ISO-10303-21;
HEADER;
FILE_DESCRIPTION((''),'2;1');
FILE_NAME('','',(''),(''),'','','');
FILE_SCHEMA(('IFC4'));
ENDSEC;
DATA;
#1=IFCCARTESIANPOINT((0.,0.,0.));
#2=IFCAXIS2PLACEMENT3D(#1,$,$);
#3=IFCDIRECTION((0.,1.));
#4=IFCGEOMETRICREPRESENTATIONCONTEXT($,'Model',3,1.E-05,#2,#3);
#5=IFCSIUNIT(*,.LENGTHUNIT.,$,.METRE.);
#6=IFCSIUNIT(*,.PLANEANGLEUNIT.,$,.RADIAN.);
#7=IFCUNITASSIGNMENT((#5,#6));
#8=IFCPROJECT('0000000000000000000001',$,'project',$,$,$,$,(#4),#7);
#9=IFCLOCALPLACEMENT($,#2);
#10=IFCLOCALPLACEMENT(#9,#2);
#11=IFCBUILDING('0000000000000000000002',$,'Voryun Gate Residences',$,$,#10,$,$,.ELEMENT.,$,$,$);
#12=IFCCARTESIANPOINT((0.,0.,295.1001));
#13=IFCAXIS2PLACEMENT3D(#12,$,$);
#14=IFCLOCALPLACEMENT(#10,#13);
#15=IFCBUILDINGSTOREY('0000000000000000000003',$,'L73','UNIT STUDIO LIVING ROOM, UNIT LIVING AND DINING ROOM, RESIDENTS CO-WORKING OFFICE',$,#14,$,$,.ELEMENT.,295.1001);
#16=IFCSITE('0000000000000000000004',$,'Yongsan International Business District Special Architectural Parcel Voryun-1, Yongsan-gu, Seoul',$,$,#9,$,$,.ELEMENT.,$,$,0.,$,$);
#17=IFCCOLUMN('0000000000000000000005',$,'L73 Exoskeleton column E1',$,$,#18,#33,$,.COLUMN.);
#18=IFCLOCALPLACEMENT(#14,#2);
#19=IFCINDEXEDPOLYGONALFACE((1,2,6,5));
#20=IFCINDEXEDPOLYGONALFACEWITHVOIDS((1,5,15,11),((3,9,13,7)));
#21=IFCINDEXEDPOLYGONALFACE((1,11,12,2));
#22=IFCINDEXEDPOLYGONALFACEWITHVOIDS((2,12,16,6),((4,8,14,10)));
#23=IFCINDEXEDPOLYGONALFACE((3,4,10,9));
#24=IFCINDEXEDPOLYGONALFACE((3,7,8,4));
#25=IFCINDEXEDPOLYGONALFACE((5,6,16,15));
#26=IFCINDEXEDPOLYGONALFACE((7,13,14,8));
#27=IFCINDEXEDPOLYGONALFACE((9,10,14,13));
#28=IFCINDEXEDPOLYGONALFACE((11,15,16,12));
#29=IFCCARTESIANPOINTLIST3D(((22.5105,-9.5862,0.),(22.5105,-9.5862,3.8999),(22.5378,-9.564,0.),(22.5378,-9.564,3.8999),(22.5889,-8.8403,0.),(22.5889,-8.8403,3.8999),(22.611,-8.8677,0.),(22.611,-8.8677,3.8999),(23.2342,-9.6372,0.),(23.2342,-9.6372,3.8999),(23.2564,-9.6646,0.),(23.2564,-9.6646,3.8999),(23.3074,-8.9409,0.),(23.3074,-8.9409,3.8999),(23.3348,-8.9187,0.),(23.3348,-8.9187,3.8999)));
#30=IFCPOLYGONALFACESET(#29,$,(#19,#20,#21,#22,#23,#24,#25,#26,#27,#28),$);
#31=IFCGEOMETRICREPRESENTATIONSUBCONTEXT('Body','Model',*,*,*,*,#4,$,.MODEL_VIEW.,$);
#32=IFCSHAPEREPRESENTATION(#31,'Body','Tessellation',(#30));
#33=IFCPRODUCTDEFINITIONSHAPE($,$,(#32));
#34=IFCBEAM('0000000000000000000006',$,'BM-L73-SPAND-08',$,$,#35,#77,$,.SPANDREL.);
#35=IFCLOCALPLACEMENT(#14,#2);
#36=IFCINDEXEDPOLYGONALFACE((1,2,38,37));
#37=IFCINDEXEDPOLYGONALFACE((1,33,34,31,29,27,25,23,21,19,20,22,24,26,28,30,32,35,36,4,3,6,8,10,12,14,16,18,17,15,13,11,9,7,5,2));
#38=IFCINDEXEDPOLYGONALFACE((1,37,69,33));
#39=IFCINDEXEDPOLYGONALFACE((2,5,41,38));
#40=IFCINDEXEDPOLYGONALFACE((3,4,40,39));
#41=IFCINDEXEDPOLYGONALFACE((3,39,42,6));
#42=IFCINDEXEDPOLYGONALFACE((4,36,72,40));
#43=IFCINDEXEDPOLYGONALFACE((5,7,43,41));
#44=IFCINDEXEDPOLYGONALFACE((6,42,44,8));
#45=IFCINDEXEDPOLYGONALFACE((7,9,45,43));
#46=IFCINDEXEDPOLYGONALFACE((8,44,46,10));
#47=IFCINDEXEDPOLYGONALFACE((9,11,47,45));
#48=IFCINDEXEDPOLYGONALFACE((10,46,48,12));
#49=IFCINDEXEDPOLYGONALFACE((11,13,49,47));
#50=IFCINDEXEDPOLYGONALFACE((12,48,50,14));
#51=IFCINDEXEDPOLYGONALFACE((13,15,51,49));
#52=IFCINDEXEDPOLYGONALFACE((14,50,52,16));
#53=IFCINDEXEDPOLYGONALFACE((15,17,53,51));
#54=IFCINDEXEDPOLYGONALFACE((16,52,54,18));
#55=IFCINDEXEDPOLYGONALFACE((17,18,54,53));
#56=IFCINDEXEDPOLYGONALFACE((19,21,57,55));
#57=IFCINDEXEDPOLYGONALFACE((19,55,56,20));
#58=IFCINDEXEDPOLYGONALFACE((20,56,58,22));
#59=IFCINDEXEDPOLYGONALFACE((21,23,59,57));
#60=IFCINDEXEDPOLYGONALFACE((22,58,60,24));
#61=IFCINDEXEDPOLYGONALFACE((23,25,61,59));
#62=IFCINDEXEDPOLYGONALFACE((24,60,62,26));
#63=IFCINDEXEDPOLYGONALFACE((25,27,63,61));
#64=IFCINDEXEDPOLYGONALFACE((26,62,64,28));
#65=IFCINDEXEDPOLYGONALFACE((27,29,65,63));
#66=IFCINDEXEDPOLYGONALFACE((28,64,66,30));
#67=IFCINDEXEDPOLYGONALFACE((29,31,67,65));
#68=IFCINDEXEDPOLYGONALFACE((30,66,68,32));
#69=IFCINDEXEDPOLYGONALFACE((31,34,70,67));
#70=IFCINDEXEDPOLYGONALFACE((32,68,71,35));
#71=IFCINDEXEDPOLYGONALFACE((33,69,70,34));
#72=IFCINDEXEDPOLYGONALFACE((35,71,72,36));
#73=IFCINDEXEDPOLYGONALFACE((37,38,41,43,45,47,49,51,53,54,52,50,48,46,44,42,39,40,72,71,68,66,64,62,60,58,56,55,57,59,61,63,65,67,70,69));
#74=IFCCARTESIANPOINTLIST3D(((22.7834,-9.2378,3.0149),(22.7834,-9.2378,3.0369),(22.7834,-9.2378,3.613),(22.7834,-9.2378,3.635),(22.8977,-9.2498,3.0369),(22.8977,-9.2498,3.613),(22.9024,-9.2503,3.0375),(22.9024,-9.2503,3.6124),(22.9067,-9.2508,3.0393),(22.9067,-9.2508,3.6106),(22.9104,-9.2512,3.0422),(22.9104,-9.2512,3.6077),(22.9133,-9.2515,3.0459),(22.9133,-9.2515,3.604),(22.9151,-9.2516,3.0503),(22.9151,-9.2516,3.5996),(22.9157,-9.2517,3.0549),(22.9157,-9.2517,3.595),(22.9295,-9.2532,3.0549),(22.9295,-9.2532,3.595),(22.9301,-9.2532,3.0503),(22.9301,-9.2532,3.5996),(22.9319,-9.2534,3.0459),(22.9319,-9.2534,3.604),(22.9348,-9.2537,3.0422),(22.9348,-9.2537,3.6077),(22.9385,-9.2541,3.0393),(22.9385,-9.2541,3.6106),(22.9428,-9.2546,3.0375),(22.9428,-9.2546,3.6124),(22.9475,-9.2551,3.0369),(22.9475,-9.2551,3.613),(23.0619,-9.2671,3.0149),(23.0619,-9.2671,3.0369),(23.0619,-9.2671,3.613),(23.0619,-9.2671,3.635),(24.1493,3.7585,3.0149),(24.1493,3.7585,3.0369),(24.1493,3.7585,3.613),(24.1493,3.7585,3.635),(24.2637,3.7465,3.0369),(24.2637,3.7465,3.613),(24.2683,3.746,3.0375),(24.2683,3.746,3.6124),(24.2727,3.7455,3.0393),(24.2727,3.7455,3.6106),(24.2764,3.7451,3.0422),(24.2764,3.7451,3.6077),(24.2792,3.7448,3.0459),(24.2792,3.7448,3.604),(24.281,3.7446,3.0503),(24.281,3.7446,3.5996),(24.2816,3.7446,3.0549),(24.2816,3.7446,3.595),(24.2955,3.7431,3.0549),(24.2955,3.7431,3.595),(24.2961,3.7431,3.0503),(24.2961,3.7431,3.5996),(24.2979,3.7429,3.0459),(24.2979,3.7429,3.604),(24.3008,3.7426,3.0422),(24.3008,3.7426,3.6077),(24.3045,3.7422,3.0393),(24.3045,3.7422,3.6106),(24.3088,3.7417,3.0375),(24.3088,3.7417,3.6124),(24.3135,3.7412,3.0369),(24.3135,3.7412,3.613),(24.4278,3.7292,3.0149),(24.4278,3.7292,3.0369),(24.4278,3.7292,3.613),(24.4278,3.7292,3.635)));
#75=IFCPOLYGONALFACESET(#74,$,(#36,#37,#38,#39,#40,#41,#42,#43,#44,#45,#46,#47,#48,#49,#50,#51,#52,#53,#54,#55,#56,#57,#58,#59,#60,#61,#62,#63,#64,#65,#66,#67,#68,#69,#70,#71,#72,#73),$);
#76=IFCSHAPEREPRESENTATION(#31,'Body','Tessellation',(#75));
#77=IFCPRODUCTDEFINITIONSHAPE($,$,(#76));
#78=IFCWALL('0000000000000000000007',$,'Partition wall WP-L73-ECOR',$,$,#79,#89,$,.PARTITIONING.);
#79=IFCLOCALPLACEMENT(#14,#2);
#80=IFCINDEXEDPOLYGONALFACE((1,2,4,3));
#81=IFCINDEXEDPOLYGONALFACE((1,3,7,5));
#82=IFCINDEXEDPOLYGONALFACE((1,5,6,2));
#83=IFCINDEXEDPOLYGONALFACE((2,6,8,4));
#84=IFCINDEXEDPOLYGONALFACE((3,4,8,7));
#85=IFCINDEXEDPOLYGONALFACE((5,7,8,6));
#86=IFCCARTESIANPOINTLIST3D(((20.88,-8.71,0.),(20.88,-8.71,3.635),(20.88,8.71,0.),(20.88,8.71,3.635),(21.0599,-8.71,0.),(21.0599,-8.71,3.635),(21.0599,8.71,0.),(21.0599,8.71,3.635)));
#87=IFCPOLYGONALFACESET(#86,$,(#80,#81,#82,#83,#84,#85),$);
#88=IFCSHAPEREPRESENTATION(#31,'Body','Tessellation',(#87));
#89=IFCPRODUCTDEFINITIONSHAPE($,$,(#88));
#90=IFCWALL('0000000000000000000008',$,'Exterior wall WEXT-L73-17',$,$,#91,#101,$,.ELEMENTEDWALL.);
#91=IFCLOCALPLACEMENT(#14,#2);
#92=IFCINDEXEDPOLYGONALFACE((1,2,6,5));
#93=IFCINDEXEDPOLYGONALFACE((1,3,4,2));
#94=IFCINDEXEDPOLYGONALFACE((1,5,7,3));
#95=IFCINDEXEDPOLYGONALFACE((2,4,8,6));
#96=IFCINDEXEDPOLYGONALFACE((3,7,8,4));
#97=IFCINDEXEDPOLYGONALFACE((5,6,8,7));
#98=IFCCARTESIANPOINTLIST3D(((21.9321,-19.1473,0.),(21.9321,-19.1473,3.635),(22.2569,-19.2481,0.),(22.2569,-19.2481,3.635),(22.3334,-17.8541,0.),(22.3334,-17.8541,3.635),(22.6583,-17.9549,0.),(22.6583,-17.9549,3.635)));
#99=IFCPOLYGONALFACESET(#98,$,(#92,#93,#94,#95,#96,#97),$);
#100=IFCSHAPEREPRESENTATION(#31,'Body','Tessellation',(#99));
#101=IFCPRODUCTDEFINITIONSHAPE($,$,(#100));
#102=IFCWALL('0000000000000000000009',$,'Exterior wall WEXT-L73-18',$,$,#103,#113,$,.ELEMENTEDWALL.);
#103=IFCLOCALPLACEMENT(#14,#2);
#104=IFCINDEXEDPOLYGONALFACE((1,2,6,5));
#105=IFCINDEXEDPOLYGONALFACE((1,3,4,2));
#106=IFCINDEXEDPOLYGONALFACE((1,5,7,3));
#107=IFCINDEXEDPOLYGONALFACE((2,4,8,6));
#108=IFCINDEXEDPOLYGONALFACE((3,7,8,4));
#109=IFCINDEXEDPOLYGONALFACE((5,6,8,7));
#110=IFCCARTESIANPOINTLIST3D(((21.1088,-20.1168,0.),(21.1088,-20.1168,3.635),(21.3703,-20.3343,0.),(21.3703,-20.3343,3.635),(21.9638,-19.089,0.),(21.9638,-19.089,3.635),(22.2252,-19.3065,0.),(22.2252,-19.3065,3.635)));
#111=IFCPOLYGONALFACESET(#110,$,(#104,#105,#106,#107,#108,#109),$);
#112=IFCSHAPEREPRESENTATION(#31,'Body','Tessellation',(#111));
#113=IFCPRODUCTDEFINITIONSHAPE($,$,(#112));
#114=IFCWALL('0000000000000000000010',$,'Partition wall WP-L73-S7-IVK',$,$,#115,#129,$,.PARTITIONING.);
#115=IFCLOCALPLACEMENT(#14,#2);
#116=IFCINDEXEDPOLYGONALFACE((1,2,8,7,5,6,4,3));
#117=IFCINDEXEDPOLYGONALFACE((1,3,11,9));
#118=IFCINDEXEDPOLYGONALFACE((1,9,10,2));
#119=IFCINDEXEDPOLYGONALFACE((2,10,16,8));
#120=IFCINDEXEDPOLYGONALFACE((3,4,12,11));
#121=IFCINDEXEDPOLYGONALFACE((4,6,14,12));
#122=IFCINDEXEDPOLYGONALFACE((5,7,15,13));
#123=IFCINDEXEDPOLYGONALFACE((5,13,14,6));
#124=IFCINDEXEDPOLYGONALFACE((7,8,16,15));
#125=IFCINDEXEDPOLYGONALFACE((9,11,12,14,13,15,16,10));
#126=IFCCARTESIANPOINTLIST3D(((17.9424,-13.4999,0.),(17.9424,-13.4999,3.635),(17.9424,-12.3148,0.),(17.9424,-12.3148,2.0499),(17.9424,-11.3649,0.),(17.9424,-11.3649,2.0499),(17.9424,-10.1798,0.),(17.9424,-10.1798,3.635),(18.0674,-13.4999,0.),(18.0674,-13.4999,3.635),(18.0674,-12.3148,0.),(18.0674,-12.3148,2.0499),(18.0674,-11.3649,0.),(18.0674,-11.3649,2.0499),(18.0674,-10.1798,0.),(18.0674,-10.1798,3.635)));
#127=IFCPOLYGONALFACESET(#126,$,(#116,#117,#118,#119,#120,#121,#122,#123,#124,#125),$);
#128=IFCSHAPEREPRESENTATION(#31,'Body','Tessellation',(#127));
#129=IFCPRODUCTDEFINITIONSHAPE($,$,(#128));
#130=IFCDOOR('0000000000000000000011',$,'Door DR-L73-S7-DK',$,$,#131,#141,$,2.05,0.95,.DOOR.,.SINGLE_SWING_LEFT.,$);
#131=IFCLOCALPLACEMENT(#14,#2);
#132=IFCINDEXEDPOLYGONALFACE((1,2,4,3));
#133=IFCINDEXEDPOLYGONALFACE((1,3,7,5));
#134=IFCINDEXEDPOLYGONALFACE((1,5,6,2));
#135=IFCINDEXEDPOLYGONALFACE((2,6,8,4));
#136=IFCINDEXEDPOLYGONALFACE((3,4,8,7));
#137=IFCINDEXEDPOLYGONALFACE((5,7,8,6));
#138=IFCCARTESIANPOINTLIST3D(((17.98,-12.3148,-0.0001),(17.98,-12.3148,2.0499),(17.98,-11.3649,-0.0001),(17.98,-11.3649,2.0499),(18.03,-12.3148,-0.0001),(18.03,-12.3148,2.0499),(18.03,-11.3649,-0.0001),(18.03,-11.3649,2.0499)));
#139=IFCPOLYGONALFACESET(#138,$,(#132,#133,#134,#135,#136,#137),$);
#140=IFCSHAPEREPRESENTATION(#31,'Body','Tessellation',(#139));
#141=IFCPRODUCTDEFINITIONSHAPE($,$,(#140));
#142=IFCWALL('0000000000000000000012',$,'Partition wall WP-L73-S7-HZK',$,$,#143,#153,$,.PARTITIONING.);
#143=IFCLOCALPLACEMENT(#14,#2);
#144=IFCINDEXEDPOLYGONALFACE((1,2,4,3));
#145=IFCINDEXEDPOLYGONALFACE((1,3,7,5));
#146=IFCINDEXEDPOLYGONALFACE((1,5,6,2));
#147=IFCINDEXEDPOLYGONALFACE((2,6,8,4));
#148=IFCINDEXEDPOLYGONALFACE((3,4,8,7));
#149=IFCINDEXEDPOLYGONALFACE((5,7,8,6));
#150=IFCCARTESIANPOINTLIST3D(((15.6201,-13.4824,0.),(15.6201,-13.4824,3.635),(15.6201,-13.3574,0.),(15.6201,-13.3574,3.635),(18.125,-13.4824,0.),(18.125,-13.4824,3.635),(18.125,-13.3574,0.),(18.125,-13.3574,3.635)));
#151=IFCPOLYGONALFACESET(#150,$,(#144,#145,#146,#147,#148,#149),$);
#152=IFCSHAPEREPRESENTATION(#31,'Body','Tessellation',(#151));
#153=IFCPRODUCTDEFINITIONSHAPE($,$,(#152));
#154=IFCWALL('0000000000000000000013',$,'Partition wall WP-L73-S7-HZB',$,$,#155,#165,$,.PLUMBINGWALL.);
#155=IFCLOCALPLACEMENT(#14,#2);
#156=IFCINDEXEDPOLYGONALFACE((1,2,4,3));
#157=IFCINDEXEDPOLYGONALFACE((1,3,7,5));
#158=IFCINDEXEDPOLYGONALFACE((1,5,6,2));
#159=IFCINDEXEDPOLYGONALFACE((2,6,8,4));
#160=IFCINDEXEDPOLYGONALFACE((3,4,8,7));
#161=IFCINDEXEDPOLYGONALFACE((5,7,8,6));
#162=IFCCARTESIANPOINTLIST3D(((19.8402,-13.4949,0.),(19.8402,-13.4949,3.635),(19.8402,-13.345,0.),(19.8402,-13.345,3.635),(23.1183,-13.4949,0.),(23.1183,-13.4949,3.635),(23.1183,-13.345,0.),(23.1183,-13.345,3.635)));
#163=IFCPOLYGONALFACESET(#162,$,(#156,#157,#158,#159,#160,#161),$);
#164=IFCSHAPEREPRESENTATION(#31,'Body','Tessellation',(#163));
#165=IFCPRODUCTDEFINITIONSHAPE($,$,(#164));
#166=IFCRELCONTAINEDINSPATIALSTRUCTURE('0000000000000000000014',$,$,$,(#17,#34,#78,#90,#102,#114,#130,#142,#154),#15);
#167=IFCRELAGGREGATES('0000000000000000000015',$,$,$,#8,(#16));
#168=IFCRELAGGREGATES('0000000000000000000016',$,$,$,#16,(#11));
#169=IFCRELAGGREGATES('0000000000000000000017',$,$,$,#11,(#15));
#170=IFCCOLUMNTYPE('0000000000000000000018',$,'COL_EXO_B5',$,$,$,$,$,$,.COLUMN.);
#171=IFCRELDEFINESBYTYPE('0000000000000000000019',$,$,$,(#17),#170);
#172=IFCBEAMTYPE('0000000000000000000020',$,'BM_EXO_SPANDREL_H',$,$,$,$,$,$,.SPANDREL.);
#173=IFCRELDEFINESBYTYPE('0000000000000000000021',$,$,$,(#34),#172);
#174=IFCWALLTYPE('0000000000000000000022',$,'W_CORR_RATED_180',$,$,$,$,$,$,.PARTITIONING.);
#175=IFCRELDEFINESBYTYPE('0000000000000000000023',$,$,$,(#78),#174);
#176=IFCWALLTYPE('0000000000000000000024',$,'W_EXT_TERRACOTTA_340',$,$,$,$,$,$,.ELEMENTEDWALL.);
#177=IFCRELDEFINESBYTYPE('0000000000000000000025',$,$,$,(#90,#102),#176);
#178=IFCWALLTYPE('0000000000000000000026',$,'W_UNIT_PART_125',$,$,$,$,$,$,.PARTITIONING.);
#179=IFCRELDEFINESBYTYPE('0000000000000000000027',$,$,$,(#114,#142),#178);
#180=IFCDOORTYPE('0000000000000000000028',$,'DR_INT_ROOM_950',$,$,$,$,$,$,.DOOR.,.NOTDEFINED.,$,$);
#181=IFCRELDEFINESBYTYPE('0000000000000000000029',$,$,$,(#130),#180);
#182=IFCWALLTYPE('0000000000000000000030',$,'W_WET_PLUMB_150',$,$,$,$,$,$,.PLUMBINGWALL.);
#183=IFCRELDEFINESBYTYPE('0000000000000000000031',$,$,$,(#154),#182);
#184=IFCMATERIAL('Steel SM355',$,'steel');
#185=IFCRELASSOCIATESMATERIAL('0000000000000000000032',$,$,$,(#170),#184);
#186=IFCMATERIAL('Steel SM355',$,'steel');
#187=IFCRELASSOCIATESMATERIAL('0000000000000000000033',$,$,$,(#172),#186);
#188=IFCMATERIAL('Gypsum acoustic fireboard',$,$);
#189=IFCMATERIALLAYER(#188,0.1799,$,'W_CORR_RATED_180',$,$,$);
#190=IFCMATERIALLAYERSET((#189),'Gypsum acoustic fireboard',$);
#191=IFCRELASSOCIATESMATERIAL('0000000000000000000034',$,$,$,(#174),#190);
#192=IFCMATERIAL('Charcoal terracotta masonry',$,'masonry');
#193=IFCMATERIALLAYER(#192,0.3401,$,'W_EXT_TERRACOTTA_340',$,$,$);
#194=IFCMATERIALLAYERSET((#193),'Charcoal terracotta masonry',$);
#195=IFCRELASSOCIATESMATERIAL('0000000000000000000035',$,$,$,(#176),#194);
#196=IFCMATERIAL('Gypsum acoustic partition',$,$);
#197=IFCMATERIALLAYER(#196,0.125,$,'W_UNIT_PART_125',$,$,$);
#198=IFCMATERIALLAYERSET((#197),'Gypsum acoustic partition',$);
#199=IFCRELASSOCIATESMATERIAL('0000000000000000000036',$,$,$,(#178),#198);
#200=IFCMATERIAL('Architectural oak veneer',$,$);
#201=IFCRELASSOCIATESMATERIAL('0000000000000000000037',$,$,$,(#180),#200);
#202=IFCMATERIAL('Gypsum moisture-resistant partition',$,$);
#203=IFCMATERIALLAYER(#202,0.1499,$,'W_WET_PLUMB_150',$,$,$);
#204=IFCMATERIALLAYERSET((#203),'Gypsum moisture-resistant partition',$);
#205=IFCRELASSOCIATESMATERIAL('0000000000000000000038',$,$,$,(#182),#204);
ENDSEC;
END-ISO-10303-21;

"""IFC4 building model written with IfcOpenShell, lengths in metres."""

from ifc_helpers import new_model, si_unit, direction, frame, frame_2d, origin, origin_2d, place, context, subcontext, project, spatial, rectangle, hollow_rectangle, i_section, extrude, material, layer, layer_set, material_profile, profile_set, type_object, element, fill, save


model = new_model("IFC4")

# Units and contexts
model_context = context("Model", 3, precision=1e-05, world=origin(), true_north=direction((0.0, 1.0)))
body_context = subcontext(model_context, "Body", "Model", "MODEL_VIEW")
ifc_project = project(units=[si_unit("LENGTHUNIT", "METRE"), si_unit("PLANEANGLEUNIT", "RADIAN")], contexts=[model_context])

# Site, building, storey
site_placement = place(None, origin())
site = spatial("IfcSite", under=ifc_project, at=site_placement, Name="Yongsan International Business District Special Architectural Parcel Voryun-1, Yongsan-gu, Seoul", CompositionType="ELEMENT", RefElevation=0.0)
building_placement = place(site_placement, origin())
building = spatial("IfcBuilding", under=site, at=building_placement, Name="Voryun Gate Residences", CompositionType="ELEMENT")
storey_placement = place(building_placement, frame((0.0, 0.0, 295.1001)))
storey = spatial("IfcBuildingStorey", under=building, at=storey_placement, Name="L73", Description="UNIT STUDIO LIVING ROOM, UNIT LIVING AND DINING ROOM, RESIDENTS CO-WORKING OFFICE", CompositionType="ELEMENT", Elevation=295.1001)

# Column
ifc_material_1 = material(Name="Steel SM355", Category="steel")
ifc_material_profile_1 = material_profile(ifc_material_1, hollow_rectangle(XDim=0.75, YDim=0.75, WallThickness=0.0249, at=origin_2d()), Name="BOX-750x750x25")
ifc_profile_set_1 = profile_set([ifc_material_profile_1], Name="Steel SM355")
column_type = type_object("IfcColumnType", Name="COL_EXO_B5", PredefinedType="COLUMN", material=ifc_profile_set_1)
column_placement = place(storey_placement, frame((22.9226, -9.2524, 0.0), z_axis=(0.0, 0.0, 1.0), x_axis=(0.994522, -0.104528, 0.0)))
element("IfcColumn", 1, at=column_placement, inside=storey, type_object=column_type, Name="L73 Exoskeleton column E1", PredefinedType="COLUMN", context=body_context, shape_type="SweptSolid", body=[
    extrude(hollow_rectangle(XDim=0.75, YDim=0.75, WallThickness=0.0249, at=origin_2d()), origin(), (0.0, 0.0, 1.0), 3.8999),
])

# Beam
ifc_material_2 = material(Name="Steel SM355", Category="steel")
ifc_material_profile_2 = material_profile(ifc_material_2, i_section(OverallWidth=0.28, OverallDepth=0.6201, WebThickness=0.0139, FlangeThickness=0.022, FilletRadius=0.0181, at=origin_2d()), Name="H-620x280x14x22")
ifc_profile_set_2 = profile_set([ifc_material_profile_2], Name="Steel SM355")
beam_type = type_object("IfcBeamType", Name="BM_EXO_SPANDREL_H", PredefinedType="SPANDREL", material=ifc_profile_set_2)
beam_placement = place(storey_placement, frame((22.9226, -9.2524, 3.325), z_axis=(0.104528, 0.994522, 0.0), x_axis=(-0.994522, 0.104528, 0.0)))
element("IfcBeam", 2, at=beam_placement, inside=storey, type_object=beam_type, Name="BM-L73-SPAND-08", PredefinedType="SPANDREL", context=body_context, shape_type="SweptSolid", body=[
    extrude(i_section(OverallWidth=0.28, OverallDepth=0.6201, WebThickness=0.0139, FlangeThickness=0.022, FilletRadius=0.0181, at=origin_2d()), origin(), (0.0, 0.0, 1.0), 13.0679),
])

# Walls
ifc_material_3 = material(Name="Gypsum acoustic fireboard")
ifc_layer_1 = layer(ifc_material_3, 0.1799, Name="W_CORR_RATED_180")
ifc_layer_set_1 = layer_set([ifc_layer_1], Name="Gypsum acoustic fireboard")
wall_type_1 = type_object("IfcWallType", Name="W_CORR_RATED_180", PredefinedType="PARTITIONING", material=ifc_layer_set_1)
wall_1_placement = place(storey_placement, frame((20.97, -8.71, 0.0), z_axis=(0.0, 0.0, 1.0), x_axis=(0.0, 1.0, 0.0)))
element("IfcWall", 3, at=wall_1_placement, inside=storey, type_object=wall_type_1, Name="Partition wall WP-L73-ECOR", PredefinedType="PARTITIONING", context=body_context, shape_type="SweptSolid", body=[
    extrude(rectangle(XDim=17.4199, YDim=0.1799, at=frame_2d((8.71, 0.0))), origin(), (0.0, 0.0, 1.0), 3.635),
])
ifc_material_4 = material(Name="Charcoal terracotta masonry", Category="masonry")
ifc_layer_2 = layer(ifc_material_4, 0.3401, Name="W_EXT_TERRACOTTA_340")
ifc_layer_set_2 = layer_set([ifc_layer_2], Name="Charcoal terracotta masonry")
wall_type_2 = type_object("IfcWallType", Name="W_EXT_TERRACOTTA_340", PredefinedType="ELEMENTEDWALL", material=ifc_layer_set_2)
wall_2_placement = place(storey_placement, frame((22.4958, -17.9045, 0.0), z_axis=(0.0, 0.0, 1.0), x_axis=(-0.296416, -0.955059, 0.0)))
element("IfcWall", 4, at=wall_2_placement, inside=storey, type_object=wall_type_2, Name="Exterior wall WEXT-L73-17", PredefinedType="ELEMENTEDWALL", context=body_context, shape_type="SweptSolid", body=[
    extrude(rectangle(XDim=1.354, YDim=0.3401, at=frame_2d((0.677, 0.0))), origin(), (0.0, 0.0, 1.0), 3.635),
])
wall_3_placement = place(storey_placement, frame((22.0945, -19.1978, 0.0), z_axis=(0.0, 0.0, 1.0), x_axis=(-0.639502, -0.76879, 0.0)))
element("IfcWall", 5, at=wall_3_placement, inside=storey, type_object=wall_type_2, Name="Exterior wall WEXT-L73-18", PredefinedType="ELEMENTEDWALL", context=body_context, shape_type="SweptSolid", body=[
    extrude(rectangle(XDim=1.3369, YDim=0.3401, at=frame_2d((0.6685, 0.0))), origin(), (0.0, 0.0, 1.0), 3.635),
])

# Wall, opening, door
ifc_material_5 = material(Name="Gypsum acoustic partition")
ifc_layer_3 = layer(ifc_material_5, 0.125, Name="W_UNIT_PART_125")
ifc_layer_set_3 = layer_set([ifc_layer_3], Name="Gypsum acoustic partition")
wall_type_3 = type_object("IfcWallType", Name="W_UNIT_PART_125", PredefinedType="PARTITIONING", material=ifc_layer_set_3)
wall_4_placement = place(storey_placement, frame((18.0049, -13.5, 0.0), z_axis=(0.0, 0.0, 1.0), x_axis=(0.0, 1.0, 0.0)))
wall_4 = element("IfcWall", 6, at=wall_4_placement, inside=storey, type_object=wall_type_3, Name="Partition wall WP-L73-S7-IVK", PredefinedType="PARTITIONING", context=body_context, shape_type="SweptSolid", body=[
    extrude(rectangle(XDim=3.3201, YDim=0.125, at=frame_2d((1.6602, 0.0))), origin(), (0.0, 0.0, 1.0), 3.635),
])
opening_1_placement = place(wall_4_placement, frame((1.1851, 0.0, 0.0)))
opening_1 = element("IfcOpeningElement", 7, at=opening_1_placement, cuts=wall_4, PredefinedType="OPENING", context=body_context, shape_type="SweptSolid", body=[
    extrude(rectangle(XDim=0.95, YDim=2.05, at=frame_2d((0.4751, 1.0249))), frame((0.0, 0.0725, 0.0), z_axis=(0.0, -1.0, 0.0), x_axis=(1.0, 0.0, 0.0)), (0.0, 0.0, 1.0), 0.145),
])
ifc_material_6 = material(Name="Architectural oak veneer")
door_type_1 = type_object("IfcDoorType", Name="DR_INT_ROOM_950", OperationType="NOTDEFINED", PredefinedType="DOOR", material=ifc_material_6)
door_1_placement = place(opening_1_placement, origin())
door_1 = element("IfcDoor", 8, at=door_1_placement, inside=storey, type_object=door_type_1, Name="Door DR-L73-S7-DK", OperationType="SINGLE_SWING_LEFT", OverallHeight=2.05, OverallWidth=0.95, PredefinedType="DOOR", context=body_context, shape_type="SweptSolid", body=[
    extrude(rectangle(XDim=0.95, YDim=2.05, at=frame_2d((0.4751, 1.0249))), frame((0.0, 0.0249, 0.0), z_axis=(0.0, -1.0, 0.0), x_axis=(1.0, 0.0, 0.0)), (0.0, 0.0, 1.0), 0.05),
])
fill(opening_1, door_1)

# Walls
wall_5_placement = place(storey_placement, frame((15.6201, -13.4199, 0.0), z_axis=(0.0, 0.0, 1.0), x_axis=(1.0, 0.0, 0.0)))
element("IfcWall", 9, at=wall_5_placement, inside=storey, type_object=wall_type_3, Name="Partition wall WP-L73-S7-HZK", PredefinedType="PARTITIONING", context=body_context, shape_type="SweptSolid", body=[
    extrude(rectangle(XDim=2.5049, YDim=0.125, at=frame_2d((1.2524, 0.0))), origin(), (0.0, 0.0, 1.0), 3.635),
])
ifc_material_7 = material(Name="Gypsum moisture-resistant partition")
ifc_layer_4 = layer(ifc_material_7, 0.1499, Name="W_WET_PLUMB_150")
ifc_layer_set_4 = layer_set([ifc_layer_4], Name="Gypsum moisture-resistant partition")
wall_type_4 = type_object("IfcWallType", Name="W_WET_PLUMB_150", PredefinedType="PLUMBINGWALL", material=ifc_layer_set_4)
wall_6_placement = place(storey_placement, frame((19.8401, -13.4199, 0.0), z_axis=(0.0, 0.0, 1.0), x_axis=(1.0, 0.0, 0.0)))
element("IfcWall", 10, at=wall_6_placement, inside=storey, type_object=wall_type_4, Name="Partition wall WP-L73-S7-HZB", PredefinedType="PLUMBINGWALL", context=body_context, shape_type="SweptSolid", body=[
    extrude(rectangle(XDim=3.2781, YDim=0.1499, at=frame_2d((1.6392, 0.0))), origin(), (0.0, 0.0, 1.0), 3.635),
])

save(model, "model.ifc")
